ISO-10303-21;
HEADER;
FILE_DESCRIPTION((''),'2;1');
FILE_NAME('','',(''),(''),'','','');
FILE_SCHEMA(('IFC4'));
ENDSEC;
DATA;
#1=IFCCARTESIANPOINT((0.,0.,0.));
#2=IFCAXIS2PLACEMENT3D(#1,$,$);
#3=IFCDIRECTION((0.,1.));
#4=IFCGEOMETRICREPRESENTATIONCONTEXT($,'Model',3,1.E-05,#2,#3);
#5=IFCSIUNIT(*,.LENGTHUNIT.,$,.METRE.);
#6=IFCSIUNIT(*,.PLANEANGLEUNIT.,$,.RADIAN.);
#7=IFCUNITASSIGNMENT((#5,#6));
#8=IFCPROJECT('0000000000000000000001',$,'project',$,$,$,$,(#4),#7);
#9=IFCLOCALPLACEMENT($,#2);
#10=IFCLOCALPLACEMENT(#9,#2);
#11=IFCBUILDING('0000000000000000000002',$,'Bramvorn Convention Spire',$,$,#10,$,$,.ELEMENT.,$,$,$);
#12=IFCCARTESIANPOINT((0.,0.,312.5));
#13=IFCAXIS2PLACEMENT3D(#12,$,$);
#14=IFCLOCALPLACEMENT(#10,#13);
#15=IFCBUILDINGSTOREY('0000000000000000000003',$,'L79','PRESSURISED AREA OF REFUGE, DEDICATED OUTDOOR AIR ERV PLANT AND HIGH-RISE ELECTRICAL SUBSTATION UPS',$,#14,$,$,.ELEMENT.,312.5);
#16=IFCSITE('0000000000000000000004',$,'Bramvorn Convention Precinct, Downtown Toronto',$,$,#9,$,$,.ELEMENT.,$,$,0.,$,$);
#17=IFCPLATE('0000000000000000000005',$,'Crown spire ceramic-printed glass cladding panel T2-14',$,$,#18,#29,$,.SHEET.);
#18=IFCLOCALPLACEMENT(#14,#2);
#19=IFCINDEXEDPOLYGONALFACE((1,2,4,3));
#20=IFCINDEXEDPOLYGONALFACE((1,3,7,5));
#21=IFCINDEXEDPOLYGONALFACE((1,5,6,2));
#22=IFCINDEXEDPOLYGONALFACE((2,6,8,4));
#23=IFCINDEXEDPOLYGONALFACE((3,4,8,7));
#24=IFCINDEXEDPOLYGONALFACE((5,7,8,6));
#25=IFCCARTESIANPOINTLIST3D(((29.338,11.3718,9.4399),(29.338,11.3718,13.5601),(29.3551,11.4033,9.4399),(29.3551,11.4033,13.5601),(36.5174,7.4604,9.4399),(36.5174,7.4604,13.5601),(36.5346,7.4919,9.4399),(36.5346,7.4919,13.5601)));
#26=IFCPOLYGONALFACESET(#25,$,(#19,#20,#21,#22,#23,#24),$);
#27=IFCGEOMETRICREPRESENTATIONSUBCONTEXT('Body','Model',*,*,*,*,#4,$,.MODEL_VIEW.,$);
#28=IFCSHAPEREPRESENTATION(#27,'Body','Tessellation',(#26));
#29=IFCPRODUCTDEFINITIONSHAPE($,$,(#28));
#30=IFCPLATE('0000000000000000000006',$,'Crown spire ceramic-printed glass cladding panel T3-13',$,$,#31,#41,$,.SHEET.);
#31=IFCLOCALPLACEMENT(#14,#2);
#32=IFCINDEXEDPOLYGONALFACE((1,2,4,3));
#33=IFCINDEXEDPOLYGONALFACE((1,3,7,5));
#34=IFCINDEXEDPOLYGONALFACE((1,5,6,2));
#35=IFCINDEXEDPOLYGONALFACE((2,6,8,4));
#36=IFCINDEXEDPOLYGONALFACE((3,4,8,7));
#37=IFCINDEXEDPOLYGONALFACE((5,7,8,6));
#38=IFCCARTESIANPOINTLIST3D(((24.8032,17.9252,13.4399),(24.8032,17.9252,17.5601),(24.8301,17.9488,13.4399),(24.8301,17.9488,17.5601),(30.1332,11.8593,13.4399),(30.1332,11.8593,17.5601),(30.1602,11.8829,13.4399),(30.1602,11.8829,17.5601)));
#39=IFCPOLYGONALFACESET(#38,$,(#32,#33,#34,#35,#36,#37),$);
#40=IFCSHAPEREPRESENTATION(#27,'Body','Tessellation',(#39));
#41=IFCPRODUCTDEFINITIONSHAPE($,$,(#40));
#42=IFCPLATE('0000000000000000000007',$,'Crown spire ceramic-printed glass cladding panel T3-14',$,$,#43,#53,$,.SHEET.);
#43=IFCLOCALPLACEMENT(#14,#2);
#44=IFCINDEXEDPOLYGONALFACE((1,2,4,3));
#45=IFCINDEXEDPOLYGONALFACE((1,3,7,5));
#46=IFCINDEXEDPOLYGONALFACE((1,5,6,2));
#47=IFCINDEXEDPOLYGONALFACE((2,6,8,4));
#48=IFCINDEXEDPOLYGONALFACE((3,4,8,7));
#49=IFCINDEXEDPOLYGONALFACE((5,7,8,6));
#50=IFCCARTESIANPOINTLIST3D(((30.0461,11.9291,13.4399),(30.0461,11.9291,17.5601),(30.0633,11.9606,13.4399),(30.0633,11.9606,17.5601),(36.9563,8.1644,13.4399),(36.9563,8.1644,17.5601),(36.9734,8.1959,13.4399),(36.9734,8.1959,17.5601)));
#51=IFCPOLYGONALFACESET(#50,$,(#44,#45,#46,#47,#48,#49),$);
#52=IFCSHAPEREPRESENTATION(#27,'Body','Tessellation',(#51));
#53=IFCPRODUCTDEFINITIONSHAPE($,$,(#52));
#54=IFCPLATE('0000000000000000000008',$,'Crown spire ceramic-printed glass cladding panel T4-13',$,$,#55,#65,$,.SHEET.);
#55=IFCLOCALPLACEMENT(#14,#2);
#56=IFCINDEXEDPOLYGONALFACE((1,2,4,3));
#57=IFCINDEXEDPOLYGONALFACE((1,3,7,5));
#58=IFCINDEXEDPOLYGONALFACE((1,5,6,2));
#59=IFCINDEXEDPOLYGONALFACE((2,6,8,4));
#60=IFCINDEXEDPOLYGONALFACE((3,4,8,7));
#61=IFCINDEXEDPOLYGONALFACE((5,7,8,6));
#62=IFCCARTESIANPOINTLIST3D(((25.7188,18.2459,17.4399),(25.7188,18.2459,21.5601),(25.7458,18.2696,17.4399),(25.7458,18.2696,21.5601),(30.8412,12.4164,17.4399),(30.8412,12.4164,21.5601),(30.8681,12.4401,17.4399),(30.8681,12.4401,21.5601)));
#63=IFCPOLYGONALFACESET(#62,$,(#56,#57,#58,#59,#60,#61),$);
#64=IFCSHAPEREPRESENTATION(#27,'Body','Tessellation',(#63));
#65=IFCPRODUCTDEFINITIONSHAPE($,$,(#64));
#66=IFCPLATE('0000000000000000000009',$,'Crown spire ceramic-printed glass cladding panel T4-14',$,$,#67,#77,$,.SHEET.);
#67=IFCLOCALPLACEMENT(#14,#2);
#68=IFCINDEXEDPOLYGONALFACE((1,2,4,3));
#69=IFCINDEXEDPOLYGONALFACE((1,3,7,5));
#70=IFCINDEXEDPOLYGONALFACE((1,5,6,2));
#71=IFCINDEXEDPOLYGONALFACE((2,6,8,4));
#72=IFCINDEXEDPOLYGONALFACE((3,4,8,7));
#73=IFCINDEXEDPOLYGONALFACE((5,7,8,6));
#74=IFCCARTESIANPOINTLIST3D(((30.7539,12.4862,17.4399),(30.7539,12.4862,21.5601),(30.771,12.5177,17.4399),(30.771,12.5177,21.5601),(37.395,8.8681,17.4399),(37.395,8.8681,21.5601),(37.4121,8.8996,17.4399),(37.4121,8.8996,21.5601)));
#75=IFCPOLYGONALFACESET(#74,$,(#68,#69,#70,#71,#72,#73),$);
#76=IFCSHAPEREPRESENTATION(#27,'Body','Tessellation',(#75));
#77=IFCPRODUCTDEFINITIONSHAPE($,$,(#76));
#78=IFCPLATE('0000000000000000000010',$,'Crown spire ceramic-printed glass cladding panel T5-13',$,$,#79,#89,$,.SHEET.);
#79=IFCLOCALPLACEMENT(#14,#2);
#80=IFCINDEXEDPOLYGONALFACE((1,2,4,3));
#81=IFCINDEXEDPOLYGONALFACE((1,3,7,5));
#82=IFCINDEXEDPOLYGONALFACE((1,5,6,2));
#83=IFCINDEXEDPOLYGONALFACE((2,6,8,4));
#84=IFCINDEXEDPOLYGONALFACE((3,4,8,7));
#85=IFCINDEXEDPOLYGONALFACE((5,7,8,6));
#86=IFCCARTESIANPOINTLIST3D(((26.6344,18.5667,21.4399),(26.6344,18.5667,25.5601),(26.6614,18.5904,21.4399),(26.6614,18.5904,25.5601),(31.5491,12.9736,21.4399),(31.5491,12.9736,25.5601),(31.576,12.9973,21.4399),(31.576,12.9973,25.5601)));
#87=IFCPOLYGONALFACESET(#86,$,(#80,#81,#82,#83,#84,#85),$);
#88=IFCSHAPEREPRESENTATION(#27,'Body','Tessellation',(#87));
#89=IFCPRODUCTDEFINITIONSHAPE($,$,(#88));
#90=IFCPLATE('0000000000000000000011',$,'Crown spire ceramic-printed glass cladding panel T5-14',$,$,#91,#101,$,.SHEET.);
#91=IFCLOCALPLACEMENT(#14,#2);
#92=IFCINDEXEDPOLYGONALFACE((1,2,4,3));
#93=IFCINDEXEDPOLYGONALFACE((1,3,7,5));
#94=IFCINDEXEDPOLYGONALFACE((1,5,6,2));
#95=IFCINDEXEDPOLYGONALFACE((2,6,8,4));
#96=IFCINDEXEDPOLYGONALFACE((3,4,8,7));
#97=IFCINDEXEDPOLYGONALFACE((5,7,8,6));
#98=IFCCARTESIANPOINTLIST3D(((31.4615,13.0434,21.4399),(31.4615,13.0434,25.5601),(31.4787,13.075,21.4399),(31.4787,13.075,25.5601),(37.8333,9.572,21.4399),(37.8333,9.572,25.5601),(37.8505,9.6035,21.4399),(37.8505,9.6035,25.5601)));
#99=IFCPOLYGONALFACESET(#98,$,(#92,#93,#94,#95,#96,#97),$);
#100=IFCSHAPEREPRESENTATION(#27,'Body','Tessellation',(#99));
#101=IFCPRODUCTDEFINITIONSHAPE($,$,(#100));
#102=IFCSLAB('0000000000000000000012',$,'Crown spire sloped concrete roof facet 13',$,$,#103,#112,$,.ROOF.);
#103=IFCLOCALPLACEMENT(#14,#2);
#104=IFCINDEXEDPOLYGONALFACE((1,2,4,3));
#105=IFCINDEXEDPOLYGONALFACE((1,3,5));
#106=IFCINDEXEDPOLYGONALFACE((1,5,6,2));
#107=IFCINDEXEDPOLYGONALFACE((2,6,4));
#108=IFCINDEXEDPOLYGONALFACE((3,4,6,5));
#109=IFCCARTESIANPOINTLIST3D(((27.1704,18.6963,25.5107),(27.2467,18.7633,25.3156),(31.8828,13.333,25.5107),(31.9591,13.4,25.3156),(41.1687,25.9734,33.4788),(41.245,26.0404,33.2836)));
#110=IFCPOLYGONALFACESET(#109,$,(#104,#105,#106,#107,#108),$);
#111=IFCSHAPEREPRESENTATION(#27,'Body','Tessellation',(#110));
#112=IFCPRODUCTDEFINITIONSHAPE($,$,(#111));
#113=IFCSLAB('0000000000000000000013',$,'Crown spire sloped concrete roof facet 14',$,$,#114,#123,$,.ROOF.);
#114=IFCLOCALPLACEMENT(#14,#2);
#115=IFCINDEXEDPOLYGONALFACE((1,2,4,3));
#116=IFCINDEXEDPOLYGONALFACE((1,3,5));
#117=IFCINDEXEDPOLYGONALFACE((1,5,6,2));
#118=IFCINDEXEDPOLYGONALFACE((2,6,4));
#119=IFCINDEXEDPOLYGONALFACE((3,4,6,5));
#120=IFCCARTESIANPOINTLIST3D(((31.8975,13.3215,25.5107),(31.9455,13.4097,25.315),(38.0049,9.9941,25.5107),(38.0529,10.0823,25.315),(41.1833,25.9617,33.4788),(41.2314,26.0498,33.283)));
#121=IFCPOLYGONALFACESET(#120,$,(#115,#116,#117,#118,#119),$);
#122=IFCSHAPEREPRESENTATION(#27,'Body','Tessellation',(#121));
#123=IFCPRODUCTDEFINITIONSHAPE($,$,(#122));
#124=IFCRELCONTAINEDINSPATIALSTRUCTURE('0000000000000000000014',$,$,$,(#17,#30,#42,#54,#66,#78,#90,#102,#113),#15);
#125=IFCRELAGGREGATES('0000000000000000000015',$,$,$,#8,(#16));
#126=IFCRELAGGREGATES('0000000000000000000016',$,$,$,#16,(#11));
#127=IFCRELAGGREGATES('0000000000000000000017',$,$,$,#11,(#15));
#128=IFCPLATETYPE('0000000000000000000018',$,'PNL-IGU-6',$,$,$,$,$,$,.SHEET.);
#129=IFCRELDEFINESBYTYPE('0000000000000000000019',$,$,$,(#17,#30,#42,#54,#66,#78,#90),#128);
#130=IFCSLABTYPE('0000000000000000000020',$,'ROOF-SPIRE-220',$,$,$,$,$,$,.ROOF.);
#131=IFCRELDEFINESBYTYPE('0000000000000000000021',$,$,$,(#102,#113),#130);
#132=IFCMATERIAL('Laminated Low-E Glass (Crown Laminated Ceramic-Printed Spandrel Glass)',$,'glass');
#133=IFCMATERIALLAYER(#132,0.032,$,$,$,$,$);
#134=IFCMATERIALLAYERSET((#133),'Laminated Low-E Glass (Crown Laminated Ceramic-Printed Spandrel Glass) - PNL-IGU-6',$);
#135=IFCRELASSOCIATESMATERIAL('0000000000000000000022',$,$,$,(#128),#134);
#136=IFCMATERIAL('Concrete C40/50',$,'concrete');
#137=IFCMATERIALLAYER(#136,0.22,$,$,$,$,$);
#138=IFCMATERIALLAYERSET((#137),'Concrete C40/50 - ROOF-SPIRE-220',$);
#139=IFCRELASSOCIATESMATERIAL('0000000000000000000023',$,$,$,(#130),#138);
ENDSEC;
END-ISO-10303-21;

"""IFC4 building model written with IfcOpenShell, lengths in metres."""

from ifc_helpers import new_model, si_unit, direction, frame, origin, origin_2d, place, context, subcontext, project, spatial, polyline, rectangle, outline, extrude, material, layer, layer_set, type_object, element, save


model = new_model("IFC4")

# Units and contexts
model_context = context("Model", 3, precision=1e-05, world=origin(), true_north=direction((0.0, 1.0)))
body_context = subcontext(model_context, "Body", "Model", "MODEL_VIEW")
ifc_project = project(units=[si_unit("LENGTHUNIT", "METRE"), si_unit("PLANEANGLEUNIT", "RADIAN")], contexts=[model_context])

# Site, building, storey
site_placement = place(None, origin())
site = spatial("IfcSite", under=ifc_project, at=site_placement, Name="Bramvorn Convention Precinct, Downtown Toronto", CompositionType="ELEMENT", RefElevation=0.0)
building_placement = place(site_placement, origin())
building = spatial("IfcBuilding", under=site, at=building_placement, Name="Bramvorn Convention Spire", CompositionType="ELEMENT")
storey_placement = place(building_placement, frame((0.0, 0.0, 312.5)))
storey = spatial("IfcBuildingStorey", under=building, at=storey_placement, Name="L79", Description="PRESSURISED AREA OF REFUGE, DEDICATED OUTDOOR AIR ERV PLANT AND HIGH-RISE ELECTRICAL SUBSTATION UPS", CompositionType="ELEMENT", Elevation=312.5)

# Plates
ifc_material_1 = material(Name="Laminated Low-E Glass (Crown Laminated Ceramic-Printed Spandrel Glass)", Category="glass")
ifc_layer_1 = layer(ifc_material_1, 0.032)
ifc_layer_set_1 = layer_set([ifc_layer_1], Name="Laminated Low-E Glass (Crown Laminated Ceramic-Printed Spandrel Glass) - PNL-IGU-6")
plate_type_1 = type_object("IfcPlateType", Name="PNL-IGU-6", PredefinedType="SHEET", material=ifc_layer_set_1)
plate_1_placement = place(storey_placement, frame((32.9363, 9.4319, 9.4399), z_axis=(0.0, 0.0, 1.0), x_axis=(0.878136, -0.478412, 0.0)))
element("IfcPlate", 1, at=plate_1_placement, inside=storey, type_object=plate_type_1, Name="Crown spire ceramic-printed glass cladding panel T2-14", PredefinedType="SHEET", context=body_context, shape_type="SweptSolid", body=[
    extrude(rectangle(XDim=8.1758, YDim=0.0359, at=origin_2d()), origin(), (0.0, 0.0, 1.0), 4.1201),
])
plate_2_placement = place(storey_placement, frame((27.4817, 14.9041, 13.4399), z_axis=(0.0, 0.0, 1.0), x_axis=(0.660075, -0.7512, 0.0)))
element("IfcPlate", 2, at=plate_2_placement, inside=storey, type_object=plate_type_1, Name="Crown spire ceramic-printed glass cladding panel T3-13", PredefinedType="SHEET", context=body_context, shape_type="SweptSolid", body=[
    extrude(rectangle(XDim=8.075, YDim=0.0359, at=origin_2d()), origin(), (0.0, 0.0, 1.0), 4.1201),
])
plate_3_placement = place(storey_placement, frame((33.5098, 10.0625, 13.4399), z_axis=(0.0, 0.0, 1.0), x_axis=(0.878138, -0.478408, 0.0)))
element("IfcPlate", 3, at=plate_3_placement, inside=storey, type_object=plate_type_1, Name="Crown spire ceramic-printed glass cladding panel T3-14", PredefinedType="SHEET", context=body_context, shape_type="SweptSolid", body=[
    extrude(rectangle(XDim=7.8691, YDim=0.0359, at=origin_2d()), origin(), (0.0, 0.0, 1.0), 4.1201),
])
plate_4_placement = place(storey_placement, frame((28.2935, 15.343, 17.4399), z_axis=(0.0, 0.0, 1.0), x_axis=(0.660076, -0.751199, 0.0)))
element("IfcPlate", 4, at=plate_4_placement, inside=storey, type_object=plate_type_1, Name="Crown spire ceramic-printed glass cladding panel T4-13", PredefinedType="SHEET", context=body_context, shape_type="SweptSolid", body=[
    extrude(rectangle(XDim=7.7603, YDim=0.0359, at=origin_2d()), origin(), (0.0, 0.0, 1.0), 4.1201),
])
plate_5_placement = place(storey_placement, frame((34.083, 10.6929, 17.4399), z_axis=(0.0, 0.0, 1.0), x_axis=(0.878134, -0.478414, 0.0)))
element("IfcPlate", 5, at=plate_5_placement, inside=storey, type_object=plate_type_1, Name="Crown spire ceramic-printed glass cladding panel T4-14", PredefinedType="SHEET", context=body_context, shape_type="SweptSolid", body=[
    extrude(rectangle(XDim=7.5627, YDim=0.0359, at=origin_2d()), origin(), (0.0, 0.0, 1.0), 4.1201),
])
plate_6_placement = place(storey_placement, frame((29.1052, 15.782, 21.4399), z_axis=(0.0, 0.0, 1.0), x_axis=(0.660074, -0.7512, 0.0)))
element("IfcPlate", 6, at=plate_6_placement, inside=storey, type_object=plate_type_1, Name="Crown spire ceramic-printed glass cladding panel T5-13", PredefinedType="SHEET", context=body_context, shape_type="SweptSolid", body=[
    extrude(rectangle(XDim=7.4456, YDim=0.0359, at=origin_2d()), origin(), (0.0, 0.0, 1.0), 4.1201),
])
plate_7_placement = place(storey_placement, frame((34.656, 11.3235, 21.4399), z_axis=(0.0, 0.0, 1.0), x_axis=(0.878134, -0.478416, 0.0)))
element("IfcPlate", 7, at=plate_7_placement, inside=storey, type_object=plate_type_1, Name="Crown spire ceramic-printed glass cladding panel T5-14", PredefinedType="SHEET", context=body_context, shape_type="SweptSolid", body=[
    extrude(rectangle(XDim=7.2561, YDim=0.0359, at=origin_2d()), origin(), (0.0, 0.0, 1.0), 4.1201),
])

# Slabs
ifc_material_2 = material(Name="Concrete C40/50", Category="concrete")
ifc_layer_2 = layer(ifc_material_2, 0.22)
ifc_layer_set_2 = layer_set([ifc_layer_2], Name="Concrete C40/50 - ROOF-SPIRE-220")
slab_type = type_object("IfcSlabType", Name="ROOF-SPIRE-220", PredefinedType="ROOF", material=ifc_layer_set_2)
slab_1_placement = place(storey_placement, frame((27.1704, 18.6963, 25.5107), z_axis=(-0.346649, -0.304581, 0.887167), x_axis=(0.660053, -0.751219, 0.0)))
element("IfcSlab", 8, at=slab_1_placement, inside=storey, type_object=slab_type, Name="Crown spire sloped concrete roof facet 13", PredefinedType="ROOF", context=body_context, shape_type="SweptSolid", body=[
    extrude(outline(polyline([(0.0, 0.0), (7.1394, 0.0), (3.7729, 17.2674), (0.0, 0.0)])), origin(), (0.0, 0.0, -1.0), 0.22),
])
slab_2_placement = place(storey_placement, frame((31.8975, 13.3215, 25.5107), z_axis=(-0.218258, -0.400613, 0.889872), x_axis=(0.878133, -0.478417, 0.0)))
element("IfcSlab", 9, at=slab_2_placement, inside=storey, type_object=slab_type, Name="Crown spire sloped concrete roof facet 14", PredefinedType="ROOF", context=body_context, shape_type="SweptSolid", body=[
    extrude(outline(polyline([(0.0, 0.0), (6.955, 0.0), (2.107, 17.4657), (0.0, 0.0)])), origin(), (0.0, 0.0, -1.0), 0.22),
])

save(model, "model.ifc")
